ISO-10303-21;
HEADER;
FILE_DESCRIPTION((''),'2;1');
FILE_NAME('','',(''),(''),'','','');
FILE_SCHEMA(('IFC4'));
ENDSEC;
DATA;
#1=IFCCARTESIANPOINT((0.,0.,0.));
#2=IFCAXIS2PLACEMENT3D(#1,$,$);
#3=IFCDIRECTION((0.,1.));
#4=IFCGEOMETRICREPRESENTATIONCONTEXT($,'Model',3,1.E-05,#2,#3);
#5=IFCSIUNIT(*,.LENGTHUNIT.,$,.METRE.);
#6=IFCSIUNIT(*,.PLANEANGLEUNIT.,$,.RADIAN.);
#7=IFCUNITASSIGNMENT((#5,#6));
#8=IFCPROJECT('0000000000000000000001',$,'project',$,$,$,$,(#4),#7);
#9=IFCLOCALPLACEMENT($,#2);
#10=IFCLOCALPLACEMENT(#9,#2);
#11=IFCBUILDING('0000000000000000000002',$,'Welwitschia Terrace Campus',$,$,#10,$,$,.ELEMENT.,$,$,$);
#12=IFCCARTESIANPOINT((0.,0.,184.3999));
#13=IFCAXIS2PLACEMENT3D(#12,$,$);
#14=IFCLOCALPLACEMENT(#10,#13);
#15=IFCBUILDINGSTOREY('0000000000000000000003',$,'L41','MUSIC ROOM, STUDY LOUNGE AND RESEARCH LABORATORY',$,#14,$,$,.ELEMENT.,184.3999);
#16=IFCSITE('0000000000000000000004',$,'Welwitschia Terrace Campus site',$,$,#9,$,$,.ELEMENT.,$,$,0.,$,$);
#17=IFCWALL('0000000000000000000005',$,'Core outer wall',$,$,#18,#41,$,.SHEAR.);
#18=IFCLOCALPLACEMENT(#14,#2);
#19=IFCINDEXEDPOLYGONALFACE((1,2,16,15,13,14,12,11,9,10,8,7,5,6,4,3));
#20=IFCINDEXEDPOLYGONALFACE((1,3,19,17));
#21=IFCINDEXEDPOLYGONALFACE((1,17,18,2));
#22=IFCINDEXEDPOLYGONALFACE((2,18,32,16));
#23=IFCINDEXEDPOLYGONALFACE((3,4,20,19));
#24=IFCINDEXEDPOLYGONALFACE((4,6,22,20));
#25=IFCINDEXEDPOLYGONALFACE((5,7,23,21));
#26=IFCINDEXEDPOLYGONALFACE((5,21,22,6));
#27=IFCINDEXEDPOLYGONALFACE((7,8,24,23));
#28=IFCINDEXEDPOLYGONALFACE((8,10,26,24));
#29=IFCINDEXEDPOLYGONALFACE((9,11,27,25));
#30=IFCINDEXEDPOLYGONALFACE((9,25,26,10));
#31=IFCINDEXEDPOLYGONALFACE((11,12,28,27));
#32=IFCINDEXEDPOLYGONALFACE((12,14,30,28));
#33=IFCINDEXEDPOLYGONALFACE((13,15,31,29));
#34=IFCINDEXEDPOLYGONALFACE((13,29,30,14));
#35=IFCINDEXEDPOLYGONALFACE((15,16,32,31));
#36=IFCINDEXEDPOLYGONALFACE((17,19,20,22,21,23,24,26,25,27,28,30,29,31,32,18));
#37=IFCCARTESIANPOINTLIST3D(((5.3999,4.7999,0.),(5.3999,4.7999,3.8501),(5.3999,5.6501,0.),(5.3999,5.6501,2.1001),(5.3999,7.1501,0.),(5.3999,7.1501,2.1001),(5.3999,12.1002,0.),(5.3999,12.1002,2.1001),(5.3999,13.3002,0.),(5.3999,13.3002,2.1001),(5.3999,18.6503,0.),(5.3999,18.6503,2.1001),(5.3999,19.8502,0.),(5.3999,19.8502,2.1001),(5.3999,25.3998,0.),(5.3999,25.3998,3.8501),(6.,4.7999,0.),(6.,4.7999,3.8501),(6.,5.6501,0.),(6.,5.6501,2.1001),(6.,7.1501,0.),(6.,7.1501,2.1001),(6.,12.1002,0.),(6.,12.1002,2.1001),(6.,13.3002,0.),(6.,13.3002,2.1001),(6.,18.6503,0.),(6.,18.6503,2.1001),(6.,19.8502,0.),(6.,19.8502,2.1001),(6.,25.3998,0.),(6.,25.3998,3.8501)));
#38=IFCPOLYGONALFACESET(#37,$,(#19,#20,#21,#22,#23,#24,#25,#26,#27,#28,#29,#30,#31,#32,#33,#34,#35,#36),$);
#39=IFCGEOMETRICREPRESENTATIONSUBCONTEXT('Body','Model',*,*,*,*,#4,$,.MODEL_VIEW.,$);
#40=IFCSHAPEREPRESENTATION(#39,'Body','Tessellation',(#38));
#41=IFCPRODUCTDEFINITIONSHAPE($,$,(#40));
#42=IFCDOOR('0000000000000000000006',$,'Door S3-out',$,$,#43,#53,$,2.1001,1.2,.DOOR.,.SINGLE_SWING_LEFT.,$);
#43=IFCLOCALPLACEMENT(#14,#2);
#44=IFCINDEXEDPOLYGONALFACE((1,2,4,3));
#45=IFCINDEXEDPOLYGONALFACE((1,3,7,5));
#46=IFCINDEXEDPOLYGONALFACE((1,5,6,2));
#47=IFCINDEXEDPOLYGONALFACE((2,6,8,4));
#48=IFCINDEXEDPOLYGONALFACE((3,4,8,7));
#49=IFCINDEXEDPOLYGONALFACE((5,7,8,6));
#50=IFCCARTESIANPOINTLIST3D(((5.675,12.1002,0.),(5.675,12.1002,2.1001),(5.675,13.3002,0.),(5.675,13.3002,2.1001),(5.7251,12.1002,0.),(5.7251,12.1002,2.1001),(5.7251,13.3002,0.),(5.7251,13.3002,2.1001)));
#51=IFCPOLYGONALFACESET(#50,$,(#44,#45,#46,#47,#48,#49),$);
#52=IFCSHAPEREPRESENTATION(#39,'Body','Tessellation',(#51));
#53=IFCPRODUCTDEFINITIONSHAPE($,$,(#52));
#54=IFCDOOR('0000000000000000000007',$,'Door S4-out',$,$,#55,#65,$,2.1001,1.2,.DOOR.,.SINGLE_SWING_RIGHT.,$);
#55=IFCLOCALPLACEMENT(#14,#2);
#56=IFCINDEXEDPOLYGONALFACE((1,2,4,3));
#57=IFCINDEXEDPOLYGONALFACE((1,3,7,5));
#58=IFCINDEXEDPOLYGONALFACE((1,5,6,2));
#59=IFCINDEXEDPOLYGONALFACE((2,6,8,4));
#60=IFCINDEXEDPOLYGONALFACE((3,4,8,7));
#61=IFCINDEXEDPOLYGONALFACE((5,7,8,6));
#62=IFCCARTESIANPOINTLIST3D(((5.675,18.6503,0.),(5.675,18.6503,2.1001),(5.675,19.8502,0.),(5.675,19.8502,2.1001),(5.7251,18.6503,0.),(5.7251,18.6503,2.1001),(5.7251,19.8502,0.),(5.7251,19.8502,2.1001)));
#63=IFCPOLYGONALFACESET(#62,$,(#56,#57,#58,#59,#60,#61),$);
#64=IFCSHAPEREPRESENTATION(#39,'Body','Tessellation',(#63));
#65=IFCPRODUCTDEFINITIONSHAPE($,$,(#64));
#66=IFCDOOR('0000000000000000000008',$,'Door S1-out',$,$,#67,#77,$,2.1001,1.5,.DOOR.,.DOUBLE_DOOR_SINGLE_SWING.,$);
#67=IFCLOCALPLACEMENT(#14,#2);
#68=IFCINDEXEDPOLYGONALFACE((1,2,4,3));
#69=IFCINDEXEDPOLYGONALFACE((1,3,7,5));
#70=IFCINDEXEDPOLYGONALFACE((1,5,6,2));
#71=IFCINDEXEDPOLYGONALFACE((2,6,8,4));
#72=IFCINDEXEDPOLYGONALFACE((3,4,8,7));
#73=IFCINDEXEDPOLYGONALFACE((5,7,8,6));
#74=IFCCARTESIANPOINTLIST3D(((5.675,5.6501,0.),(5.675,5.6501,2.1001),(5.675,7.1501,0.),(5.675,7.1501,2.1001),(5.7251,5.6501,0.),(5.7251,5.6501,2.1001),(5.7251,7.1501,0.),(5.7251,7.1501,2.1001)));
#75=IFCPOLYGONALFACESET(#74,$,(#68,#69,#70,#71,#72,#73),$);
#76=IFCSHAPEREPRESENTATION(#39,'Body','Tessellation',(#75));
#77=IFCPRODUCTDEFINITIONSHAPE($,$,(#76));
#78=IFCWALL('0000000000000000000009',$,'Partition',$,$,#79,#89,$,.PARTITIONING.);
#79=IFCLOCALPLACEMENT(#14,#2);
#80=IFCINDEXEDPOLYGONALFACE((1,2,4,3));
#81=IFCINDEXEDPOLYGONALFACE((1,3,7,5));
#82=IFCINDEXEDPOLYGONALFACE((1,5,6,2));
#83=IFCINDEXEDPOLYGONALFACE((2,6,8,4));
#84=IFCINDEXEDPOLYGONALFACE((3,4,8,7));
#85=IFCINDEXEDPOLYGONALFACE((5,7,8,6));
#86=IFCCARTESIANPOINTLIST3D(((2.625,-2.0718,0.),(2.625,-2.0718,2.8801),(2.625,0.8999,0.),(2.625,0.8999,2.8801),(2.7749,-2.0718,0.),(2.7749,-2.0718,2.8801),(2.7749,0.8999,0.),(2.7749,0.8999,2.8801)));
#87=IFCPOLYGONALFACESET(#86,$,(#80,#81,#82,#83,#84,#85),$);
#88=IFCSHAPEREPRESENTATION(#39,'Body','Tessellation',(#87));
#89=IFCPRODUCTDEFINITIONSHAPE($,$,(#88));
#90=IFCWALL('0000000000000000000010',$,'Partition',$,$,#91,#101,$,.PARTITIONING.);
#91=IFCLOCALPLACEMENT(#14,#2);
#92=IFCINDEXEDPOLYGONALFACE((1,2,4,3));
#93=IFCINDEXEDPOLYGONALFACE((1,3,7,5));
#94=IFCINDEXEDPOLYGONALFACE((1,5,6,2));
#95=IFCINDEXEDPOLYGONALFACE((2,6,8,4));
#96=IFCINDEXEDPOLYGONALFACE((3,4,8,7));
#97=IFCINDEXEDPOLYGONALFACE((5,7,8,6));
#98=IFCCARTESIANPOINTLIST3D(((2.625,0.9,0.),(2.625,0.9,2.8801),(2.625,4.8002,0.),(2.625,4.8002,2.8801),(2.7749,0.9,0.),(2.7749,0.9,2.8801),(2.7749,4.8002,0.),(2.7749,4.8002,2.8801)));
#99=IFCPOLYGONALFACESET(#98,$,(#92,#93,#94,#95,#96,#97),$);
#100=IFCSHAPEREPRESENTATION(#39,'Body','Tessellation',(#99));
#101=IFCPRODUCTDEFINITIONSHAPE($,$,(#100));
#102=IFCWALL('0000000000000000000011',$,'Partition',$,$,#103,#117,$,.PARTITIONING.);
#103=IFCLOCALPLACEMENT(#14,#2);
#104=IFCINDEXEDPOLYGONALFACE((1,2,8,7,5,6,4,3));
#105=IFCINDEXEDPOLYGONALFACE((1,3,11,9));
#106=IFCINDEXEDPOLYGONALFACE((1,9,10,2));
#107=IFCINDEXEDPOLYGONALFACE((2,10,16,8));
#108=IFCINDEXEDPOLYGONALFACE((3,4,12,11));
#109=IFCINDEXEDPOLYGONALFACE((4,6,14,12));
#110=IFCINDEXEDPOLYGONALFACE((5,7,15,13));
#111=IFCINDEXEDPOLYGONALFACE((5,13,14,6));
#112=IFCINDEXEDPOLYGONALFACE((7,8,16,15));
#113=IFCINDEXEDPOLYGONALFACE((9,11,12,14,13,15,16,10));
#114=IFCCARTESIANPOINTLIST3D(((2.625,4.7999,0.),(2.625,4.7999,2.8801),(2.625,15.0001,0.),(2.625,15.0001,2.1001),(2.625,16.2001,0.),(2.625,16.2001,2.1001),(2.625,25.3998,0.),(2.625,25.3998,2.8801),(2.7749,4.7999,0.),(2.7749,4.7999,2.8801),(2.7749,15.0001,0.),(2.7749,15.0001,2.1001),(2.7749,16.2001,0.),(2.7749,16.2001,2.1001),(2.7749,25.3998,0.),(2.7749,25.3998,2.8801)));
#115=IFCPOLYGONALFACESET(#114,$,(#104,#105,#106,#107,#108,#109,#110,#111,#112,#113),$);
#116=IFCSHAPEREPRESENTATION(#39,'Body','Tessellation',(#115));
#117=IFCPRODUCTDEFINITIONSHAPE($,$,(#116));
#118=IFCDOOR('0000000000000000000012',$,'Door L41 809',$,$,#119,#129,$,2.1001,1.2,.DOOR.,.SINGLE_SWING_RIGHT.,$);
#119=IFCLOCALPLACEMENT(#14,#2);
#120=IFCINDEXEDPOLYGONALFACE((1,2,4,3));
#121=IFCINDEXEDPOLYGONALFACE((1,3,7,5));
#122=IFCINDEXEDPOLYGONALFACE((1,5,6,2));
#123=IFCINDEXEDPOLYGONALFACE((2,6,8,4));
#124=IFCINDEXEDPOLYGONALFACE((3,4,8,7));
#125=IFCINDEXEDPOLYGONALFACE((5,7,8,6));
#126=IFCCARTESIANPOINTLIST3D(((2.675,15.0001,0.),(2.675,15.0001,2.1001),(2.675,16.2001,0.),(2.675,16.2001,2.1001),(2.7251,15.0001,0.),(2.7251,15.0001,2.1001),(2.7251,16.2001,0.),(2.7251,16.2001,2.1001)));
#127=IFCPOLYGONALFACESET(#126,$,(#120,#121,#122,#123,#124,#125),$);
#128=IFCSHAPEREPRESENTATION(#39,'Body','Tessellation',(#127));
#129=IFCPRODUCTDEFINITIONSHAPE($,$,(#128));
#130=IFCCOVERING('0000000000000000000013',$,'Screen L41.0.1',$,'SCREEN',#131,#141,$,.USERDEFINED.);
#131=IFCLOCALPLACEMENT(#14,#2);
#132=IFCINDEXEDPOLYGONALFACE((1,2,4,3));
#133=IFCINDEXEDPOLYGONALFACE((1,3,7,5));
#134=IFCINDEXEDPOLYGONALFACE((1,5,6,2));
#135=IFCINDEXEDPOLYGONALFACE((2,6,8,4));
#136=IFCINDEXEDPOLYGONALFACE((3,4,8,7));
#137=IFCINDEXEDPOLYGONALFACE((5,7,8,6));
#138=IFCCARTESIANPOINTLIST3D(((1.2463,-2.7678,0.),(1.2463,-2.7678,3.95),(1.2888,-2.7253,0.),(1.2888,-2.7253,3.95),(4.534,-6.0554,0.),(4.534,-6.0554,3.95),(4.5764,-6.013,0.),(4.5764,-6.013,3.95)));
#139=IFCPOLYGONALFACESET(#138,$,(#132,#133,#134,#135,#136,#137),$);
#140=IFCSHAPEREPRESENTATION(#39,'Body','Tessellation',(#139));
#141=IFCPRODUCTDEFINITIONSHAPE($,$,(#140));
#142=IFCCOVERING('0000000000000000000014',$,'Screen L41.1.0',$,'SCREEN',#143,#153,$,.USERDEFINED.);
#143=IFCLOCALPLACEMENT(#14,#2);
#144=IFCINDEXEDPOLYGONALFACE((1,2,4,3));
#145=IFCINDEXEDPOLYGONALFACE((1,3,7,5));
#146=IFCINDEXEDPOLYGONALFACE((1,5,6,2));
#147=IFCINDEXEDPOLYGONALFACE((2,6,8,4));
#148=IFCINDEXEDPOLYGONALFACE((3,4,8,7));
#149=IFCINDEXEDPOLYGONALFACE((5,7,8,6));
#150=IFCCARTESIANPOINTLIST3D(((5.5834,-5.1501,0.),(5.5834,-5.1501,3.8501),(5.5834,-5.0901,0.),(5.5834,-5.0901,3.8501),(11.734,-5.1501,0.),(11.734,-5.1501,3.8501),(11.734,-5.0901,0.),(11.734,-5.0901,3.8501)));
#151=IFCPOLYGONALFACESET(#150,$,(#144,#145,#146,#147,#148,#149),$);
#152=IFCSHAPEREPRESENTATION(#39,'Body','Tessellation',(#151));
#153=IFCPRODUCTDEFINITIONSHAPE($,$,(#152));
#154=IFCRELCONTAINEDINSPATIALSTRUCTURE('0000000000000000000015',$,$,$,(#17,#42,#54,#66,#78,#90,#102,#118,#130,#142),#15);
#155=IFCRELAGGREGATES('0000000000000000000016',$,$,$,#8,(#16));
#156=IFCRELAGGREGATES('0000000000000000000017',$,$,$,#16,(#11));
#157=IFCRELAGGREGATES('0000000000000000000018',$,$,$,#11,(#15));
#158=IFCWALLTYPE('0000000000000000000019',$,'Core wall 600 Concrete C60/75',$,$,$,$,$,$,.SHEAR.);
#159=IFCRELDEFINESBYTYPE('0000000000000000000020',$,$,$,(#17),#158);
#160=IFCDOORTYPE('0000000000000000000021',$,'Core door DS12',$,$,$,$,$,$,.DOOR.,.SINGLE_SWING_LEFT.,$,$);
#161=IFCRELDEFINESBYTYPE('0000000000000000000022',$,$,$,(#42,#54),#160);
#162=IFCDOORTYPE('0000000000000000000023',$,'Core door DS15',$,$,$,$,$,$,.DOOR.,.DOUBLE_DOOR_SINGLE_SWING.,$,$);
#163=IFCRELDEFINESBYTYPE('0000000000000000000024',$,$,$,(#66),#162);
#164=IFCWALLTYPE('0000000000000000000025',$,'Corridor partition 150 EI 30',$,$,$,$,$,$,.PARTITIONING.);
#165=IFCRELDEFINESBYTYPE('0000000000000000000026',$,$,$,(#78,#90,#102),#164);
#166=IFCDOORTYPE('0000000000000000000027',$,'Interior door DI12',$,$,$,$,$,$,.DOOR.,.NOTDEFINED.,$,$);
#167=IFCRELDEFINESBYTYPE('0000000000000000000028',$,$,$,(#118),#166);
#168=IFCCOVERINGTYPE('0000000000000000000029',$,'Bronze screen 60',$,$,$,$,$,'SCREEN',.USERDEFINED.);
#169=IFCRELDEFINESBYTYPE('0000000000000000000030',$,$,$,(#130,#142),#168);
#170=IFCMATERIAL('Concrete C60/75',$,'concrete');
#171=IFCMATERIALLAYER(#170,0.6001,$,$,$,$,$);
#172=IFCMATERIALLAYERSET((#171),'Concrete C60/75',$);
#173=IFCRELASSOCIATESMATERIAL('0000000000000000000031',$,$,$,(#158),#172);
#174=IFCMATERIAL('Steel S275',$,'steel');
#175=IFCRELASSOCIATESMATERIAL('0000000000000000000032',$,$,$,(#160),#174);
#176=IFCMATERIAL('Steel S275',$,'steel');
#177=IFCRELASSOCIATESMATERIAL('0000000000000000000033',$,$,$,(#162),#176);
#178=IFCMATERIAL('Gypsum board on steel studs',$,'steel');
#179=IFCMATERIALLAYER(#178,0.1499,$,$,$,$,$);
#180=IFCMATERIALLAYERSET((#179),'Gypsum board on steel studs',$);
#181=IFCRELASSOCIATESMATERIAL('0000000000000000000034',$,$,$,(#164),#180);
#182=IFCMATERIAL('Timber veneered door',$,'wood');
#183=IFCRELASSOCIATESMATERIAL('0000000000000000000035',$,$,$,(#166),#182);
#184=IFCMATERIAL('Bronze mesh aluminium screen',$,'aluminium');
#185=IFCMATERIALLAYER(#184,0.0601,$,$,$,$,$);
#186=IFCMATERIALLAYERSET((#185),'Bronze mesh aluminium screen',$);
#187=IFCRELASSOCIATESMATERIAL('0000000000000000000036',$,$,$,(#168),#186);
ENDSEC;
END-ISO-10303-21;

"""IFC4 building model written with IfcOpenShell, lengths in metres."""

from ifc_helpers import new_model, si_unit, direction, frame, frame_2d, origin, origin_2d, place, context, subcontext, project, spatial, rectangle, extrude, material, layer, layer_set, type_object, element, fill, save


model = new_model("IFC4")

# Units and contexts
model_context = context("Model", 3, precision=1e-05, world=origin(), true_north=direction((0.0, 1.0)))
body_context = subcontext(model_context, "Body", "Model", "MODEL_VIEW")
ifc_project = project(units=[si_unit("LENGTHUNIT", "METRE"), si_unit("PLANEANGLEUNIT", "RADIAN")], contexts=[model_context])

# Site, building, storey
site_placement = place(None, origin())
site = spatial("IfcSite", under=ifc_project, at=site_placement, Name="Welwitschia Terrace Campus site", CompositionType="ELEMENT", RefElevation=0.0)
building_placement = place(site_placement, origin())
building = spatial("IfcBuilding", under=site, at=building_placement, Name="Welwitschia Terrace Campus", CompositionType="ELEMENT")
storey_placement = place(building_placement, frame((0.0, 0.0, 184.3999)))
storey = spatial("IfcBuildingStorey", under=building, at=storey_placement, Name="L41", Description="MUSIC ROOM, STUDY LOUNGE AND RESEARCH LABORATORY", CompositionType="ELEMENT", Elevation=184.3999)

# Wall, openings, doors
ifc_material_1 = material(Name="Concrete C60/75", Category="concrete")
ifc_layer_1 = layer(ifc_material_1, 0.6001)
ifc_layer_set_1 = layer_set([ifc_layer_1], Name="Concrete C60/75")
wall_type_1 = type_object("IfcWallType", Name="Core wall 600 Concrete C60/75", PredefinedType="SHEAR", material=ifc_layer_set_1)
wall_1_placement = place(storey_placement, frame((5.7, 4.8, 0.0), z_axis=(0.0, 0.0, 1.0), x_axis=(0.0, 1.0, 0.0)))
wall_1 = element("IfcWall", 1, at=wall_1_placement, inside=storey, type_object=wall_type_1, Name="Core outer wall", PredefinedType="SHEAR", context=body_context, shape_type="SweptSolid", body=[
    extrude(rectangle(XDim=20.5999, YDim=0.6001, at=frame_2d((10.2998, 0.0))), origin(), (0.0, 0.0, 1.0), 3.8501),
])
opening_1_placement = place(wall_1_placement, frame((0.8501, 0.0, 0.0)))
opening_1 = element("IfcOpeningElement", 2, at=opening_1_placement, cuts=wall_1, PredefinedType="OPENING", context=body_context, shape_type="SweptSolid", body=[
    extrude(rectangle(XDim=1.5, YDim=2.1001, at=frame_2d((0.75, 1.05))), frame((0.0, 0.3101, 0.0), z_axis=(0.0, -1.0, 0.0), x_axis=(1.0, 0.0, 0.0)), (0.0, 0.0, 1.0), 0.6201),
])
opening_2_placement = place(wall_1_placement, frame((7.3, 0.0, 0.0)))
opening_2 = element("IfcOpeningElement", 3, at=opening_2_placement, cuts=wall_1, PredefinedType="OPENING", context=body_context, shape_type="SweptSolid", body=[
    extrude(rectangle(XDim=1.2, YDim=2.1001, at=frame_2d((0.6001, 1.05))), frame((0.0, 0.3101, 0.0), z_axis=(0.0, -1.0, 0.0), x_axis=(1.0, 0.0, 0.0)), (0.0, 0.0, 1.0), 0.6201),
])
opening_3_placement = place(wall_1_placement, frame((13.8501, 0.0, 0.0)))
opening_3 = element("IfcOpeningElement", 4, at=opening_3_placement, cuts=wall_1, PredefinedType="OPENING", context=body_context, shape_type="SweptSolid", body=[
    extrude(rectangle(XDim=1.2, YDim=2.1001, at=frame_2d((0.6001, 1.05))), frame((0.0, 0.3101, 0.0), z_axis=(0.0, -1.0, 0.0), x_axis=(1.0, 0.0, 0.0)), (0.0, 0.0, 1.0), 0.6201),
])
ifc_material_2 = material(Name="Steel S275", Category="steel")
door_type_1 = type_object("IfcDoorType", Name="Core door DS12", OperationType="SINGLE_SWING_LEFT", PredefinedType="DOOR", material=ifc_material_2)
door_1_placement = place(opening_2_placement, origin())
door_1 = element("IfcDoor", 5, at=door_1_placement, inside=storey, type_object=door_type_1, Name="Door S3-out", OperationType="SINGLE_SWING_LEFT", OverallHeight=2.1001, OverallWidth=1.2, PredefinedType="DOOR", context=body_context, shape_type="SweptSolid", body=[
    extrude(rectangle(XDim=1.2, YDim=2.1001, at=frame_2d((0.6001, 1.05))), frame((0.0, 0.0249, 0.0), z_axis=(0.0, -1.0, 0.0), x_axis=(1.0, 0.0, 0.0)), (0.0, 0.0, 1.0), 0.05),
])
fill(opening_2, door_1)
door_2_placement = place(opening_3_placement, origin())
door_2 = element("IfcDoor", 6, at=door_2_placement, inside=storey, type_object=door_type_1, Name="Door S4-out", OperationType="SINGLE_SWING_RIGHT", OverallHeight=2.1001, OverallWidth=1.2, PredefinedType="DOOR", context=body_context, shape_type="SweptSolid", body=[
    extrude(rectangle(XDim=1.2, YDim=2.1001, at=frame_2d((0.6001, 1.05))), frame((0.0, 0.0249, 0.0), z_axis=(0.0, -1.0, 0.0), x_axis=(1.0, 0.0, 0.0)), (0.0, 0.0, 1.0), 0.05),
])
fill(opening_3, door_2)
ifc_material_3 = material(Name="Steel S275", Category="steel")
door_type_2 = type_object("IfcDoorType", Name="Core door DS15", OperationType="DOUBLE_DOOR_SINGLE_SWING", PredefinedType="DOOR", material=ifc_material_3)
door_3_placement = place(opening_1_placement, origin())
door_3 = element("IfcDoor", 7, at=door_3_placement, inside=storey, type_object=door_type_2, Name="Door S1-out", OperationType="DOUBLE_DOOR_SINGLE_SWING", OverallHeight=2.1001, OverallWidth=1.5, PredefinedType="DOOR", context=body_context, shape_type="SweptSolid", body=[
    extrude(rectangle(XDim=1.5, YDim=2.1001, at=frame_2d((0.75, 1.05))), frame((0.0, 0.0249, 0.0), z_axis=(0.0, -1.0, 0.0), x_axis=(1.0, 0.0, 0.0)), (0.0, 0.0, 1.0), 0.05),
])
fill(opening_1, door_3)

# Walls
ifc_material_4 = material(Name="Gypsum board on steel studs", Category="steel")
ifc_layer_2 = layer(ifc_material_4, 0.1499)
ifc_layer_set_2 = layer_set([ifc_layer_2], Name="Gypsum board on steel studs")
wall_type_2 = type_object("IfcWallType", Name="Corridor partition 150 EI 30", PredefinedType="PARTITIONING", material=ifc_layer_set_2)
wall_2_placement = place(storey_placement, frame((2.7, -2.0718, 0.0), z_axis=(0.0, 0.0, 1.0), x_axis=(0.0, 1.0, 0.0)))
element("IfcWall", 8, at=wall_2_placement, inside=storey, type_object=wall_type_2, Name="Partition", PredefinedType="PARTITIONING", context=body_context, shape_type="SweptSolid", body=[
    extrude(rectangle(XDim=2.9717, YDim=0.1499, at=frame_2d((1.4858, 0.0))), origin(), (0.0, 0.0, 1.0), 2.8801),
])
wall_3_placement = place(storey_placement, frame((2.7, 0.8999, 0.0), z_axis=(0.0, 0.0, 1.0), x_axis=(0.0, 1.0, 0.0)))
element("IfcWall", 9, at=wall_3_placement, inside=storey, type_object=wall_type_2, Name="Partition", PredefinedType="PARTITIONING", context=body_context, shape_type="SweptSolid", body=[
    extrude(rectangle(XDim=3.9001, YDim=0.1499, at=frame_2d((1.9502, 0.0))), origin(), (0.0, 0.0, 1.0), 2.8801),
])

# Wall, opening, door
wall_4_placement = place(storey_placement, frame((2.7, 4.8, 0.0), z_axis=(0.0, 0.0, 1.0), x_axis=(0.0, 1.0, 0.0)))
wall_4 = element("IfcWall", 10, at=wall_4_placement, inside=storey, type_object=wall_type_2, Name="Partition", PredefinedType="PARTITIONING", context=body_context, shape_type="SweptSolid", body=[
    extrude(rectangle(XDim=20.5999, YDim=0.1499, at=frame_2d((10.2998, 0.0))), origin(), (0.0, 0.0, 1.0), 2.8801),
])
opening_4_placement = place(wall_4_placement, frame((10.2, 0.0, 0.0)))
opening_4 = element("IfcOpeningElement", 11, at=opening_4_placement, cuts=wall_4, PredefinedType="OPENING", context=body_context, shape_type="SweptSolid", body=[
    extrude(rectangle(XDim=1.2, YDim=2.1001, at=frame_2d((0.6001, 1.05))), frame((0.0, 0.085, 0.0), z_axis=(0.0, -1.0, 0.0), x_axis=(1.0, 0.0, 0.0)), (0.0, 0.0, 1.0), 0.1699),
])
ifc_material_5 = material(Name="Timber veneered door", Category="wood")
door_type_3 = type_object("IfcDoorType", Name="Interior door DI12", OperationType="NOTDEFINED", PredefinedType="DOOR", material=ifc_material_5)
door_4_placement = place(opening_4_placement, origin())
door_4 = element("IfcDoor", 12, at=door_4_placement, inside=storey, type_object=door_type_3, Name="Door L41 809", OperationType="SINGLE_SWING_RIGHT", OverallHeight=2.1001, OverallWidth=1.2, PredefinedType="DOOR", context=body_context, shape_type="SweptSolid", body=[
    extrude(rectangle(XDim=1.2, YDim=2.1001, at=frame_2d((0.6001, 1.05))), frame((0.0, 0.0249, 0.0), z_axis=(0.0, -1.0, 0.0), x_axis=(1.0, 0.0, 0.0)), (0.0, 0.0, 1.0), 0.05),
])
fill(opening_4, door_4)

# Coverings
ifc_material_6 = material(Name="Bronze mesh aluminium screen", Category="aluminium")
ifc_layer_3 = layer(ifc_material_6, 0.0601)
ifc_layer_set_3 = layer_set([ifc_layer_3], Name="Bronze mesh aluminium screen")
covering_type = type_object("IfcCoveringType", Name="Bronze screen 60", ElementType="SCREEN", PredefinedType="USERDEFINED", material=ifc_layer_set_3)
covering_1_placement = place(storey_placement, frame((2.9114, -4.3904, 0.0), z_axis=(0.0, 0.0, 1.0), x_axis=(0.707107, -0.707107, 0.0)))
element("IfcCovering", 13, at=covering_1_placement, inside=storey, type_object=covering_type, Name="Screen L41.0.1", ObjectType="SCREEN", PredefinedType="USERDEFINED", context=body_context, shape_type="SweptSolid", body=[
    extrude(rectangle(XDim=4.6494, YDim=0.0601, at=origin_2d()), origin(), (0.0, 0.0, 1.0), 3.95),
])
covering_2_placement = place(storey_placement, frame((8.6587, -5.1201, 0.0), z_axis=(0.0, 0.0, 1.0), x_axis=(1.0, 0.0, 0.0)))
element("IfcCovering", 14, at=covering_2_placement, inside=storey, type_object=covering_type, Name="Screen L41.1.0", ObjectType="SCREEN", PredefinedType="USERDEFINED", context=body_context, shape_type="SweptSolid", body=[
    extrude(rectangle(XDim=6.1506, YDim=0.0601, at=origin_2d()), origin(), (0.0, 0.0, 1.0), 3.8501),
])

save(model, "model.ifc")
